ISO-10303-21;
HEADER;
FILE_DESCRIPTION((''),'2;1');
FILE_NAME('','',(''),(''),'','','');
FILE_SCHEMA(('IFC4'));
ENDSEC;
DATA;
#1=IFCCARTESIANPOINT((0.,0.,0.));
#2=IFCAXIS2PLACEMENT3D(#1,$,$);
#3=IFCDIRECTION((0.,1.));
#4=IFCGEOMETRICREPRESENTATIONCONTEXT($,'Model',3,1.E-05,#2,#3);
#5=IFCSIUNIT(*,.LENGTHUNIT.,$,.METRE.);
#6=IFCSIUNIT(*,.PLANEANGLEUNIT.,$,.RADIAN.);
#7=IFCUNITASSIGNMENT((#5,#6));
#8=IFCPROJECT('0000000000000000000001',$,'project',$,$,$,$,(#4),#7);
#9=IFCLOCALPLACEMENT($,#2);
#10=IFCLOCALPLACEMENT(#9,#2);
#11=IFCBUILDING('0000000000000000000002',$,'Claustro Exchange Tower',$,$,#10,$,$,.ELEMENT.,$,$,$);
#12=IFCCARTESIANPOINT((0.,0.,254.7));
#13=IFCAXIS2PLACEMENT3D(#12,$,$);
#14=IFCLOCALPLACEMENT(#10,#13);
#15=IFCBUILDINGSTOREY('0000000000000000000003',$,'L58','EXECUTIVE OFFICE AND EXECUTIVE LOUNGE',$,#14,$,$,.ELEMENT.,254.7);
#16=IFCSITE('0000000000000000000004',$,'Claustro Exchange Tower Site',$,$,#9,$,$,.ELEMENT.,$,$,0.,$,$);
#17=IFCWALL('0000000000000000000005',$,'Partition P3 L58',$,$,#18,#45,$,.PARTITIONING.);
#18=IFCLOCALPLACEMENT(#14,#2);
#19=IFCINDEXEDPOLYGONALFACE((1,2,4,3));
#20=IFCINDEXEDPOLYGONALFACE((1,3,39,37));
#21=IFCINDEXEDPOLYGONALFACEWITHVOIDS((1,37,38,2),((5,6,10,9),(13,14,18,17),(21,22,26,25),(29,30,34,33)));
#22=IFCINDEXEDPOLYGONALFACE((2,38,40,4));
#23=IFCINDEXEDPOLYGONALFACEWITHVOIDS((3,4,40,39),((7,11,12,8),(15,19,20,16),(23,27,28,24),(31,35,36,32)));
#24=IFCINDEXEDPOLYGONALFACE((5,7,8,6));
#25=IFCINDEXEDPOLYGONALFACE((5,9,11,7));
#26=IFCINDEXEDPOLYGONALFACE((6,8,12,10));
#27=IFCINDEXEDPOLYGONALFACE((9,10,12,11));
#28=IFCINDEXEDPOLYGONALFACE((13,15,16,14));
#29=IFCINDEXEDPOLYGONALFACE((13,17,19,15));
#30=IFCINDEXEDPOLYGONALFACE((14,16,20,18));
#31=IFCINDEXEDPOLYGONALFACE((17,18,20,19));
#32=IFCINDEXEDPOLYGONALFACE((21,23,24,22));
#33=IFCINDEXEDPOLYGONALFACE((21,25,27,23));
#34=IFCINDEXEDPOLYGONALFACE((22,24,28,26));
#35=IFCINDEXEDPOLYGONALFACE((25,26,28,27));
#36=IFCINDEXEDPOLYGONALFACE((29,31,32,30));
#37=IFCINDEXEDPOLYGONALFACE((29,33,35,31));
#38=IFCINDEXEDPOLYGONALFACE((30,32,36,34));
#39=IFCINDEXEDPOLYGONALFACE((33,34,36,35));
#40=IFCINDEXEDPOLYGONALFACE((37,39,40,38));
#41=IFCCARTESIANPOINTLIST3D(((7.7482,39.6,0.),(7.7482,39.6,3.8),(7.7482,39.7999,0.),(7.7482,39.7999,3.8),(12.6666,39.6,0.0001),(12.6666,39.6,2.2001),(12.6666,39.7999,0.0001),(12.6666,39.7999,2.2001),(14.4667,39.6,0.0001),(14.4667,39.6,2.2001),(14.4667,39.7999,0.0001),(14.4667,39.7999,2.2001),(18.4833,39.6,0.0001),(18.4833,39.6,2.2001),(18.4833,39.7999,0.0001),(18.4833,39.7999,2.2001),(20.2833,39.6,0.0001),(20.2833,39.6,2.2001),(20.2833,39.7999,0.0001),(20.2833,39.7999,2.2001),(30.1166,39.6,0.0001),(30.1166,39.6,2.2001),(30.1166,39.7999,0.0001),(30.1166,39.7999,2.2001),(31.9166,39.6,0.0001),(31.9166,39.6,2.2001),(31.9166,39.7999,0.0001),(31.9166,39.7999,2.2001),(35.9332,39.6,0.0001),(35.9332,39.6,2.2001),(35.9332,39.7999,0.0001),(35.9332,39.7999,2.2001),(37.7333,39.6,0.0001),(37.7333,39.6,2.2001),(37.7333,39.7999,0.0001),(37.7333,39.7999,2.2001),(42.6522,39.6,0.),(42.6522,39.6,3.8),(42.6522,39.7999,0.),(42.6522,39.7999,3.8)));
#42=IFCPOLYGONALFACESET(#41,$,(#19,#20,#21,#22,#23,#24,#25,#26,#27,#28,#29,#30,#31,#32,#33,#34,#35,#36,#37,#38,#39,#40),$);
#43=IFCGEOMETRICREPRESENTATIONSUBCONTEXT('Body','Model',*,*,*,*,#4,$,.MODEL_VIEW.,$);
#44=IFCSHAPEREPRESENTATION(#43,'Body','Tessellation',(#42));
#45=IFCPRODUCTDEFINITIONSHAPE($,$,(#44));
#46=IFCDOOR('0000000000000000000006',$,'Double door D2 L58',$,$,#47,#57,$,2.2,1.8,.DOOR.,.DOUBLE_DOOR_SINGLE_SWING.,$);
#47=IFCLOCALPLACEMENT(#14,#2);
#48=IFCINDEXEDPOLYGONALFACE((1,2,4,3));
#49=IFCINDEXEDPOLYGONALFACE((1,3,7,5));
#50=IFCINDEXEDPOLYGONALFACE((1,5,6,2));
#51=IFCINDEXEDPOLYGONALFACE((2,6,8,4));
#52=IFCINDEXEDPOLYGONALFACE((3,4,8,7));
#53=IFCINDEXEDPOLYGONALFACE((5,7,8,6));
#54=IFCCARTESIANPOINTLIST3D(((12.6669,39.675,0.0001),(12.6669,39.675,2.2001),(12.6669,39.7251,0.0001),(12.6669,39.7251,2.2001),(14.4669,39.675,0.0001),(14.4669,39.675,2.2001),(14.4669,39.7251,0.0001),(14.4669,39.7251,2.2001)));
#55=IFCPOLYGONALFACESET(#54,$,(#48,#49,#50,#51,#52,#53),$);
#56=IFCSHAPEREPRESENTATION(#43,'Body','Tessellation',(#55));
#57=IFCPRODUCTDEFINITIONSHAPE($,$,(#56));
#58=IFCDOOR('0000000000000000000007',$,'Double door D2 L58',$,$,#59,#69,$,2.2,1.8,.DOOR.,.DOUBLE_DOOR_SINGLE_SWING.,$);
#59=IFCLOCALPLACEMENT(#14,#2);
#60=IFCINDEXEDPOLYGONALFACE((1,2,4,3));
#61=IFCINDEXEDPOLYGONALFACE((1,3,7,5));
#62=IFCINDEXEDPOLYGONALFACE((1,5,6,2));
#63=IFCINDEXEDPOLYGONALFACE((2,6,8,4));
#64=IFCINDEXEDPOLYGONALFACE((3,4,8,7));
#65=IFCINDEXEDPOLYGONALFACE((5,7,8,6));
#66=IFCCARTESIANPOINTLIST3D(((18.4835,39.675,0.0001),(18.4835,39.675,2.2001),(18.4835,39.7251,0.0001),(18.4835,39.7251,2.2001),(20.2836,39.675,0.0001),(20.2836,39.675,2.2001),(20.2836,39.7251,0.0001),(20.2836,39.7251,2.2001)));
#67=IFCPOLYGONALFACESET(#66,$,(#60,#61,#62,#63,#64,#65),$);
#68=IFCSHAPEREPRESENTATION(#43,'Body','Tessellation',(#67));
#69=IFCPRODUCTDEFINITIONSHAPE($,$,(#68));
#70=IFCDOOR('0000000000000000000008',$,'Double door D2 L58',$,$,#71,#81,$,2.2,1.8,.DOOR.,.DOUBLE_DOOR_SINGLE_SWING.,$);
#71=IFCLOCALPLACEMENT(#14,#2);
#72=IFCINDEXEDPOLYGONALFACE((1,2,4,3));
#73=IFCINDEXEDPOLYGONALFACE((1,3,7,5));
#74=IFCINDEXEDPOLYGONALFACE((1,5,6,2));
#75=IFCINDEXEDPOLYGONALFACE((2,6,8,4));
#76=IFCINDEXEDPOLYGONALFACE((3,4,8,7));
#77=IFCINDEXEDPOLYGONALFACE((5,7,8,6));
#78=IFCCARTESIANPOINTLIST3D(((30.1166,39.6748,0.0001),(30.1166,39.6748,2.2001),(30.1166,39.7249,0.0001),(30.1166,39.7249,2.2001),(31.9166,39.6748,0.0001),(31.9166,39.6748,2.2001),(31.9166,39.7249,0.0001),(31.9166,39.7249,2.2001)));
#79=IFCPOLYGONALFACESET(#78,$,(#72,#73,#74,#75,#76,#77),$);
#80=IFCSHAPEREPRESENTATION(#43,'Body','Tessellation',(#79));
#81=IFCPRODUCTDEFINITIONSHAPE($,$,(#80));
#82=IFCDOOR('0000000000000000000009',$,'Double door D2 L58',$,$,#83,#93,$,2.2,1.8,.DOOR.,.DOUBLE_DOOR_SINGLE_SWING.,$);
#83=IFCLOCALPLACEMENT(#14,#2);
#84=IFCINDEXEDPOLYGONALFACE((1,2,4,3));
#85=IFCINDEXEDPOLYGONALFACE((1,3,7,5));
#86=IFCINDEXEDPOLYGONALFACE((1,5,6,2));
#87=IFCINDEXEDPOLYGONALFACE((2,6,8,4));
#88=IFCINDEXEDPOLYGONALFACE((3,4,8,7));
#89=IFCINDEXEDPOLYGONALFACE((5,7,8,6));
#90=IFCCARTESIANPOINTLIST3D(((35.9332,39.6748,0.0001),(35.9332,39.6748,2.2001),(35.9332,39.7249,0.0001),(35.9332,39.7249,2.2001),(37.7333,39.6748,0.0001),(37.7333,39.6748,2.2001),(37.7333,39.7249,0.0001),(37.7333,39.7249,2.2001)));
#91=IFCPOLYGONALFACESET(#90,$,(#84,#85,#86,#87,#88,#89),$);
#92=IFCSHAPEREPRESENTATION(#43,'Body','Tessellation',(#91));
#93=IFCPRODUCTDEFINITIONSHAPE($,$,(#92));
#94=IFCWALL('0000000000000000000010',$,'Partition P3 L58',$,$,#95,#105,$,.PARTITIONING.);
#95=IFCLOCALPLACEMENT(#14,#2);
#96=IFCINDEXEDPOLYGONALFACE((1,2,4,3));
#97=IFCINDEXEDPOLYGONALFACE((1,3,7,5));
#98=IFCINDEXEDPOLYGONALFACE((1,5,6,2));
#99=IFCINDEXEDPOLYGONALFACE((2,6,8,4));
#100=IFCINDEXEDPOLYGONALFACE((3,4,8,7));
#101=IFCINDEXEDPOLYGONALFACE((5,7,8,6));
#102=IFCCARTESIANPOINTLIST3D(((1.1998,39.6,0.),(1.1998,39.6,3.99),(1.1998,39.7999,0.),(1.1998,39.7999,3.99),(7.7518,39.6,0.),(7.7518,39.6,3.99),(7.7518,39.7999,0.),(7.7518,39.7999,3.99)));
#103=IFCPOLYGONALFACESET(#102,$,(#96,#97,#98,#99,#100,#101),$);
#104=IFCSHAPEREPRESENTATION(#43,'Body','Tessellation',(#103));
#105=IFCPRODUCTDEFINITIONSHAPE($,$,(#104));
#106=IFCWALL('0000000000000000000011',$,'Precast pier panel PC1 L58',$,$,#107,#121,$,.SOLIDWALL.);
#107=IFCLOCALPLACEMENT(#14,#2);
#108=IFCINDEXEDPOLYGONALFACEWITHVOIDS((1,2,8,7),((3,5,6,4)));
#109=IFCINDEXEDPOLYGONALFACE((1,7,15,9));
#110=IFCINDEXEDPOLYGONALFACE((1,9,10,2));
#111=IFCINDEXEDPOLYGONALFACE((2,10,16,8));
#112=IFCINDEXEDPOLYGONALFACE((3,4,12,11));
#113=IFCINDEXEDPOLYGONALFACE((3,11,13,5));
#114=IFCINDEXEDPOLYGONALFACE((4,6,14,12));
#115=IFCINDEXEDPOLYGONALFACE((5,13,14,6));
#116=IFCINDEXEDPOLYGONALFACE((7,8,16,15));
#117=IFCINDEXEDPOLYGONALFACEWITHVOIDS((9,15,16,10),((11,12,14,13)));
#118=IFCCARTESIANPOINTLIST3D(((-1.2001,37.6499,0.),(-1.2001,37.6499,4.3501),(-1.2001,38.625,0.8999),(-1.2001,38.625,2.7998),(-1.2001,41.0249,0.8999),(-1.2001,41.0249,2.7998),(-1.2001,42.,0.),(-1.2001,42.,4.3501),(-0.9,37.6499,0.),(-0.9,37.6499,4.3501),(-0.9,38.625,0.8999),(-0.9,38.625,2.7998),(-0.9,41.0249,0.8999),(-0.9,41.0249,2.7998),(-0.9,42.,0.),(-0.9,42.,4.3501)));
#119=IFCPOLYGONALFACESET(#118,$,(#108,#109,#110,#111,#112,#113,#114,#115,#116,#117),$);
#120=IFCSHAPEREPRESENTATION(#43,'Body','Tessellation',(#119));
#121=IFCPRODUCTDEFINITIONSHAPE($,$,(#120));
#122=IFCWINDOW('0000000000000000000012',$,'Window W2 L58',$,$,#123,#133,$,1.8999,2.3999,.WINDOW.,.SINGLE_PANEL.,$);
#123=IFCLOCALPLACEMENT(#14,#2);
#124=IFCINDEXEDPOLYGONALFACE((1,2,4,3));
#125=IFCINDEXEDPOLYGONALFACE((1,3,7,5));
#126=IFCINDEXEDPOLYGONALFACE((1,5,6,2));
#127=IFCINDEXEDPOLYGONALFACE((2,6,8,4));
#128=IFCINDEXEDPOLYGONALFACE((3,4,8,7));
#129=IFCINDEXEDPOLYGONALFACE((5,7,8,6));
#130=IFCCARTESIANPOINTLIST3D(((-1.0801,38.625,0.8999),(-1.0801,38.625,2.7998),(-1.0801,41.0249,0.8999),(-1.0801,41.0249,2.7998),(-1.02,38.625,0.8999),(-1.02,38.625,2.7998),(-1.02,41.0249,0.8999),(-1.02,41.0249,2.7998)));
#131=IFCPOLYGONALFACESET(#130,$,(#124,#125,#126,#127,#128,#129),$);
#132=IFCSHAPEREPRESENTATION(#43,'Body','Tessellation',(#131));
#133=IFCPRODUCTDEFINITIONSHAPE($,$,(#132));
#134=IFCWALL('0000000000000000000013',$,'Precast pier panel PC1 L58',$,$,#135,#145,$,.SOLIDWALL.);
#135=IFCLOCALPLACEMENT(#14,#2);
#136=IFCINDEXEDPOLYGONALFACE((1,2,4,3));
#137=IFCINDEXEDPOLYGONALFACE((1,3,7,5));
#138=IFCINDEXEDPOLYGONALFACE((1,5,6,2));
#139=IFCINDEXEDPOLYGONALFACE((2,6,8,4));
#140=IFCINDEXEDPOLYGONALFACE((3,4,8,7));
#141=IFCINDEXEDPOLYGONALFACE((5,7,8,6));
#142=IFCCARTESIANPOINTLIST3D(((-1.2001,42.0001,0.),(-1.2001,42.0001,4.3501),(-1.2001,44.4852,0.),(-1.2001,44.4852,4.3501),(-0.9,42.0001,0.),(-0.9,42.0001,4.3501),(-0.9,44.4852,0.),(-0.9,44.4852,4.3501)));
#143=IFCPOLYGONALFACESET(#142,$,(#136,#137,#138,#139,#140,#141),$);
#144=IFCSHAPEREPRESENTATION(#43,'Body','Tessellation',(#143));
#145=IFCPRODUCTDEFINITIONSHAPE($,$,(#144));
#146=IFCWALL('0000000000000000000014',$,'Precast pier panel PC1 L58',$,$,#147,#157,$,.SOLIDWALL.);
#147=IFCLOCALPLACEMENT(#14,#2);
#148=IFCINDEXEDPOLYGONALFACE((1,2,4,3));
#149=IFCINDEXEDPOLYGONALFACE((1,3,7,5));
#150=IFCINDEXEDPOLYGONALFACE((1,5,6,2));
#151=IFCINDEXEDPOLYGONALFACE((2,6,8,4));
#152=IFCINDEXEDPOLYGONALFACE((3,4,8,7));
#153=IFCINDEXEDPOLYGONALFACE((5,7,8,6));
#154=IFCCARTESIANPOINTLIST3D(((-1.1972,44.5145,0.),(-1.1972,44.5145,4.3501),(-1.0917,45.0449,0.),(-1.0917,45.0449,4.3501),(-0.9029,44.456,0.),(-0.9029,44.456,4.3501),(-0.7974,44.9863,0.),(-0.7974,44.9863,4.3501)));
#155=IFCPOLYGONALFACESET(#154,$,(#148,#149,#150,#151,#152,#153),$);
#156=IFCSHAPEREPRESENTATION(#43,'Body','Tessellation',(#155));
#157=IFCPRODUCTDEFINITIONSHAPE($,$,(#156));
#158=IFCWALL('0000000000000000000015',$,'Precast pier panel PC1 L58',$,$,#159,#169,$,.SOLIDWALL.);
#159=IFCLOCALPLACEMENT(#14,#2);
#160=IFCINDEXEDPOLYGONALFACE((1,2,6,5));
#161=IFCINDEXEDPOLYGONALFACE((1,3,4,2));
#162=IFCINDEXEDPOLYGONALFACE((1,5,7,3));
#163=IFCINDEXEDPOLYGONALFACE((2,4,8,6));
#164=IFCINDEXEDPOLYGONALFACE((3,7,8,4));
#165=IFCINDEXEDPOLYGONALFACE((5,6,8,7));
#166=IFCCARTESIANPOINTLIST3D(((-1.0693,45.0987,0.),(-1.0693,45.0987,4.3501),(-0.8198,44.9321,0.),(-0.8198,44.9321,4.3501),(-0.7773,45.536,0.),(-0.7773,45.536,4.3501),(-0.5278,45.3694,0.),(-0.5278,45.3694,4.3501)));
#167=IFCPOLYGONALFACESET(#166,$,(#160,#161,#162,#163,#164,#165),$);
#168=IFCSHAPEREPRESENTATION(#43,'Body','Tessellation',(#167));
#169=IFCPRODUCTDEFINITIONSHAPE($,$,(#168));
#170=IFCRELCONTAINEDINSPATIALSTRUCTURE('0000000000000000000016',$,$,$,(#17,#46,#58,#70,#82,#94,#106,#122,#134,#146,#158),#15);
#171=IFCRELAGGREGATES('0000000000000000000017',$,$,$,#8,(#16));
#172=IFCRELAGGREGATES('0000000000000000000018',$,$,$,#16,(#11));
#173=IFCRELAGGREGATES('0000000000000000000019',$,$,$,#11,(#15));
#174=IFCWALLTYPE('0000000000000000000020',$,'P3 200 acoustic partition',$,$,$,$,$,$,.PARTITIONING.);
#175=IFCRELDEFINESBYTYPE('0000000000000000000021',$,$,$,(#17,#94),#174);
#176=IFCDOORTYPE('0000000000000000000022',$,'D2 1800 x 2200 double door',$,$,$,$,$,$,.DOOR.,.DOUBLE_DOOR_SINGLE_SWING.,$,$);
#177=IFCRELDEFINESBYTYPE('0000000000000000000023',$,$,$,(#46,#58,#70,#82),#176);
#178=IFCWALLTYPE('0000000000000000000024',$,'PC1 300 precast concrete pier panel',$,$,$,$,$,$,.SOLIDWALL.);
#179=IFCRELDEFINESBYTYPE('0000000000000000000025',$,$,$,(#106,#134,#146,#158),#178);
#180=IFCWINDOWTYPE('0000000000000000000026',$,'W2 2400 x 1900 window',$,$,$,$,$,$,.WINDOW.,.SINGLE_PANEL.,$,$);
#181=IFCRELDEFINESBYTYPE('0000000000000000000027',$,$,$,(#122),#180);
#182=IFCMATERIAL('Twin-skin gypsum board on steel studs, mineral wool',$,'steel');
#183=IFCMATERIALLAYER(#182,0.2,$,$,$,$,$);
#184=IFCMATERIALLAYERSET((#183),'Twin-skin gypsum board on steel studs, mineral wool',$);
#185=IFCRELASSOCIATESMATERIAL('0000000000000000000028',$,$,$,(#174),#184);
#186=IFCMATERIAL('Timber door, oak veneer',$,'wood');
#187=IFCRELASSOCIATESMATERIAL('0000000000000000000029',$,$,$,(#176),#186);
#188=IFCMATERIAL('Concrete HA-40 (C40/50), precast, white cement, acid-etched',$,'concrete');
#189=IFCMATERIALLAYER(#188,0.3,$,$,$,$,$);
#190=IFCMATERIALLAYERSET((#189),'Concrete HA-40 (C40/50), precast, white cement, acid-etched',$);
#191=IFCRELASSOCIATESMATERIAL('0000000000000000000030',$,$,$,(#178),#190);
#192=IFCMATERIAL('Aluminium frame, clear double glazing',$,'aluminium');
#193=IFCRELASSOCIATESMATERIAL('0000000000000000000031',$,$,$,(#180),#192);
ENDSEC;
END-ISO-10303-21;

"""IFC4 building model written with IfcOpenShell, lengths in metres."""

from ifc_helpers import new_model, si_unit, direction, frame, frame_2d, origin, place, context, subcontext, project, spatial, rectangle, extrude, material, layer, layer_set, type_object, element, fill, save


model = new_model("IFC4")

# Units and contexts
model_context = context("Model", 3, precision=1e-05, world=origin(), true_north=direction((0.0, 1.0)))
body_context = subcontext(model_context, "Body", "Model", "MODEL_VIEW")
ifc_project = project(units=[si_unit("LENGTHUNIT", "METRE"), si_unit("PLANEANGLEUNIT", "RADIAN")], contexts=[model_context])

# Site, building, storey
site_placement = place(None, origin())
site = spatial("IfcSite", under=ifc_project, at=site_placement, Name="Claustro Exchange Tower Site", CompositionType="ELEMENT", RefElevation=0.0)
building_placement = place(site_placement, origin())
building = spatial("IfcBuilding", under=site, at=building_placement, Name="Claustro Exchange Tower", CompositionType="ELEMENT")
storey_placement = place(building_placement, frame((0.0, 0.0, 254.7)))
storey = spatial("IfcBuildingStorey", under=building, at=storey_placement, Name="L58", Description="EXECUTIVE OFFICE AND EXECUTIVE LOUNGE", CompositionType="ELEMENT", Elevation=254.7)

# Shared definitions
ifc_material_1 = material(Name="Twin-skin gypsum board on steel studs, mineral wool", Category="steel")
ifc_layer_1 = layer(ifc_material_1, 0.2)
ifc_layer_set_1 = layer_set([ifc_layer_1], Name="Twin-skin gypsum board on steel studs, mineral wool")
wall_type_1 = type_object("IfcWallType", Name="P3 200 acoustic partition", PredefinedType="PARTITIONING", material=ifc_layer_set_1)

# Wall, openings, doors
wall_1_placement = place(storey_placement, frame((7.748, 39.7, 0.0), z_axis=(0.0, 0.0, 1.0), x_axis=(1.0, 0.0, 0.0)))
wall_1 = element("IfcWall", 1, at=wall_1_placement, inside=storey, type_object=wall_type_1, Name="Partition P3 L58", PredefinedType="PARTITIONING", context=body_context, shape_type="SweptSolid", body=[
    extrude(rectangle(XDim=34.9041, YDim=0.2, at=frame_2d((17.4521, 0.0))), origin(), (0.0, 0.0, 1.0), 3.8),
])
opening_1_placement = place(wall_1_placement, frame((4.9187, 0.0, 0.0)))
opening_1 = element("IfcOpeningElement", 2, at=opening_1_placement, cuts=wall_1, PredefinedType="OPENING", context=body_context, shape_type="SweptSolid", body=[
    extrude(rectangle(XDim=1.8, YDim=2.2, at=frame_2d((0.8999, 1.1001))), frame((0.0, 0.1099, 0.0), z_axis=(0.0, -1.0, 0.0), x_axis=(1.0, 0.0, 0.0)), (0.0, 0.0, 1.0), 0.22),
])
opening_2_placement = place(wall_1_placement, frame((10.7354, 0.0, 0.0)))
opening_2 = element("IfcOpeningElement", 3, at=opening_2_placement, cuts=wall_1, PredefinedType="OPENING", context=body_context, shape_type="SweptSolid", body=[
    extrude(rectangle(XDim=1.8, YDim=2.2, at=frame_2d((0.8999, 1.1001))), frame((0.0, 0.1099, 0.0), z_axis=(0.0, -1.0, 0.0), x_axis=(1.0, 0.0, 0.0)), (0.0, 0.0, 1.0), 0.22),
])
opening_3_placement = place(wall_1_placement, frame((22.3687, 0.0, 0.0)))
opening_3 = element("IfcOpeningElement", 4, at=opening_3_placement, cuts=wall_1, PredefinedType="OPENING", context=body_context, shape_type="SweptSolid", body=[
    extrude(rectangle(XDim=1.8, YDim=2.2, at=frame_2d((0.8999, 1.1001))), frame((0.0, 0.1099, 0.0), z_axis=(0.0, -1.0, 0.0), x_axis=(1.0, 0.0, 0.0)), (0.0, 0.0, 1.0), 0.22),
])
opening_4_placement = place(wall_1_placement, frame((28.1853, 0.0, 0.0)))
opening_4 = element("IfcOpeningElement", 5, at=opening_4_placement, cuts=wall_1, PredefinedType="OPENING", context=body_context, shape_type="SweptSolid", body=[
    extrude(rectangle(XDim=1.8, YDim=2.2, at=frame_2d((0.8999, 1.1001))), frame((0.0, 0.1099, 0.0), z_axis=(0.0, -1.0, 0.0), x_axis=(1.0, 0.0, 0.0)), (0.0, 0.0, 1.0), 0.22),
])
ifc_material_2 = material(Name="Timber door, oak veneer", Category="wood")
door_type_1 = type_object("IfcDoorType", Name="D2 1800 x 2200 double door", OperationType="DOUBLE_DOOR_SINGLE_SWING", PredefinedType="DOOR", material=ifc_material_2)
door_1_placement = place(opening_1_placement, frame((1.8, 0.0, 0.0), z_axis=(0.0, 0.0, 1.0), x_axis=(-1.0, 0.0, 0.0)))
door_1 = element("IfcDoor", 6, at=door_1_placement, inside=storey, type_object=door_type_1, Name="Double door D2 L58", OperationType="DOUBLE_DOOR_SINGLE_SWING", OverallHeight=2.2, OverallWidth=1.8, PredefinedType="DOOR", context=body_context, shape_type="SweptSolid", body=[
    extrude(rectangle(XDim=1.8, YDim=2.2, at=frame_2d((0.8999, 1.1001))), frame((0.0, 0.0249, 0.0), z_axis=(0.0, -1.0, 0.0), x_axis=(1.0, 0.0, 0.0)), (0.0, 0.0, 1.0), 0.05),
])
fill(opening_1, door_1)
door_2_placement = place(opening_2_placement, frame((1.8, 0.0, 0.0), z_axis=(0.0, 0.0, 1.0), x_axis=(-1.0, 0.0, 0.0)))
door_2 = element("IfcDoor", 7, at=door_2_placement, inside=storey, type_object=door_type_1, Name="Double door D2 L58", OperationType="DOUBLE_DOOR_SINGLE_SWING", OverallHeight=2.2, OverallWidth=1.8, PredefinedType="DOOR", context=body_context, shape_type="SweptSolid", body=[
    extrude(rectangle(XDim=1.8, YDim=2.2, at=frame_2d((0.8999, 1.1001))), frame((0.0, 0.0249, 0.0), z_axis=(0.0, -1.0, 0.0), x_axis=(1.0, 0.0, 0.0)), (0.0, 0.0, 1.0), 0.05),
])
fill(opening_2, door_2)
door_3_placement = place(opening_3_placement, origin())
door_3 = element("IfcDoor", 8, at=door_3_placement, inside=storey, type_object=door_type_1, Name="Double door D2 L58", OperationType="DOUBLE_DOOR_SINGLE_SWING", OverallHeight=2.2, OverallWidth=1.8, PredefinedType="DOOR", context=body_context, shape_type="SweptSolid", body=[
    extrude(rectangle(XDim=1.8, YDim=2.2, at=frame_2d((0.8999, 1.1001))), frame((0.0, 0.0249, 0.0), z_axis=(0.0, -1.0, 0.0), x_axis=(1.0, 0.0, 0.0)), (0.0, 0.0, 1.0), 0.05),
])
fill(opening_3, door_3)
door_4_placement = place(opening_4_placement, origin())
door_4 = element("IfcDoor", 9, at=door_4_placement, inside=storey, type_object=door_type_1, Name="Double door D2 L58", OperationType="DOUBLE_DOOR_SINGLE_SWING", OverallHeight=2.2, OverallWidth=1.8, PredefinedType="DOOR", context=body_context, shape_type="SweptSolid", body=[
    extrude(rectangle(XDim=1.8, YDim=2.2, at=frame_2d((0.8999, 1.1001))), frame((0.0, 0.0249, 0.0), z_axis=(0.0, -1.0, 0.0), x_axis=(1.0, 0.0, 0.0)), (0.0, 0.0, 1.0), 0.05),
])
fill(opening_4, door_4)

# Wall
wall_2_placement = place(storey_placement, frame((1.2, 39.7, 0.0), z_axis=(0.0, 0.0, 1.0), x_axis=(1.0, 0.0, 0.0)))
element("IfcWall", 10, at=wall_2_placement, inside=storey, type_object=wall_type_1, Name="Partition P3 L58", PredefinedType="PARTITIONING", context=body_context, shape_type="SweptSolid", body=[
    extrude(rectangle(XDim=6.552, YDim=0.2, at=frame_2d((3.2759, 0.0))), origin(), (0.0, 0.0, 1.0), 3.99),
])

# Wall, opening, window
ifc_material_3 = material(Name="Concrete HA-40 (C40/50), precast, white cement, acid-etched", Category="concrete")
ifc_layer_2 = layer(ifc_material_3, 0.3)
ifc_layer_set_2 = layer_set([ifc_layer_2], Name="Concrete HA-40 (C40/50), precast, white cement, acid-etched")
wall_type_2 = type_object("IfcWallType", Name="PC1 300 precast concrete pier panel", PredefinedType="SOLIDWALL", material=ifc_layer_set_2)
wall_3_placement = place(storey_placement, frame((-1.05, 37.6499, 0.0), z_axis=(0.0, 0.0, 1.0), x_axis=(0.0, 1.0, 0.0)))
wall_3 = element("IfcWall", 11, at=wall_3_placement, inside=storey, type_object=wall_type_2, Name="Precast pier panel PC1 L58", PredefinedType="SOLIDWALL", context=body_context, shape_type="SweptSolid", body=[
    extrude(rectangle(XDim=4.3501, YDim=0.3, at=frame_2d((2.175, 0.0))), origin(), (0.0, 0.0, 1.0), 4.3501),
])
opening_5_placement = place(wall_3_placement, frame((0.9751, 0.0, 0.8999)))
opening_5 = element("IfcOpeningElement", 12, at=opening_5_placement, cuts=wall_3, PredefinedType="OPENING", context=body_context, shape_type="SweptSolid", body=[
    extrude(rectangle(XDim=2.3999, YDim=1.8999, at=frame_2d((1.2, 0.95))), frame((0.0, 0.1599, 0.0), z_axis=(0.0, -1.0, 0.0), x_axis=(1.0, 0.0, 0.0)), (0.0, 0.0, 1.0), 0.3201),
])
ifc_material_4 = material(Name="Aluminium frame, clear double glazing", Category="aluminium")
window_type_1 = type_object("IfcWindowType", Name="W2 2400 x 1900 window", PartitioningType="SINGLE_PANEL", PredefinedType="WINDOW", material=ifc_material_4)
window_1_placement = place(opening_5_placement, origin())
window_1 = element("IfcWindow", 13, at=window_1_placement, inside=storey, type_object=window_type_1, Name="Window W2 L58", OverallHeight=1.8999, OverallWidth=2.3999, PartitioningType="SINGLE_PANEL", PredefinedType="WINDOW", context=body_context, shape_type="SweptSolid", body=[
    extrude(rectangle(XDim=2.3999, YDim=1.8999, at=frame_2d((1.2, 0.95))), frame((0.0, 0.03, 0.0), z_axis=(0.0, -1.0, 0.0), x_axis=(1.0, 0.0, 0.0)), (0.0, 0.0, 1.0), 0.0601),
])
fill(opening_5, window_1)

# Walls
wall_4_placement = place(storey_placement, frame((-1.05, 42.0, 0.0), z_axis=(0.0, 0.0, 1.0), x_axis=(0.0, 1.0, 0.0)))
element("IfcWall", 14, at=wall_4_placement, inside=storey, type_object=wall_type_2, Name="Precast pier panel PC1 L58", PredefinedType="SOLIDWALL", context=body_context, shape_type="SweptSolid", body=[
    extrude(rectangle(XDim=2.4851, YDim=0.3, at=frame_2d((1.2427, 0.0))), origin(), (0.0, 0.0, 1.0), 4.3501),
])
wall_5_placement = place(storey_placement, frame((-1.05, 44.4851, 0.0), z_axis=(0.0, 0.0, 1.0), x_axis=(0.195074, 0.980789, 0.0)))
element("IfcWall", 15, at=wall_5_placement, inside=storey, type_object=wall_type_2, Name="Precast pier panel PC1 L58", PredefinedType="SOLIDWALL", context=body_context, shape_type="SweptSolid", body=[
    extrude(rectangle(XDim=0.5408, YDim=0.3, at=frame_2d((0.2705, 0.0))), origin(), (0.0, 0.0, 1.0), 4.3501),
])
wall_6_placement = place(storey_placement, frame((-0.9446, 45.0154, 0.0), z_axis=(0.0, 0.0, 1.0), x_axis=(0.555343, 0.831621, 0.0)))
element("IfcWall", 16, at=wall_6_placement, inside=storey, type_object=wall_type_2, Name="Precast pier panel PC1 L58", PredefinedType="SOLIDWALL", context=body_context, shape_type="SweptSolid", body=[
    extrude(rectangle(XDim=0.5259, YDim=0.3, at=frame_2d((0.2629, 0.0))), origin(), (0.0, 0.0, 1.0), 4.3501),
])

save(model, "model.ifc")
